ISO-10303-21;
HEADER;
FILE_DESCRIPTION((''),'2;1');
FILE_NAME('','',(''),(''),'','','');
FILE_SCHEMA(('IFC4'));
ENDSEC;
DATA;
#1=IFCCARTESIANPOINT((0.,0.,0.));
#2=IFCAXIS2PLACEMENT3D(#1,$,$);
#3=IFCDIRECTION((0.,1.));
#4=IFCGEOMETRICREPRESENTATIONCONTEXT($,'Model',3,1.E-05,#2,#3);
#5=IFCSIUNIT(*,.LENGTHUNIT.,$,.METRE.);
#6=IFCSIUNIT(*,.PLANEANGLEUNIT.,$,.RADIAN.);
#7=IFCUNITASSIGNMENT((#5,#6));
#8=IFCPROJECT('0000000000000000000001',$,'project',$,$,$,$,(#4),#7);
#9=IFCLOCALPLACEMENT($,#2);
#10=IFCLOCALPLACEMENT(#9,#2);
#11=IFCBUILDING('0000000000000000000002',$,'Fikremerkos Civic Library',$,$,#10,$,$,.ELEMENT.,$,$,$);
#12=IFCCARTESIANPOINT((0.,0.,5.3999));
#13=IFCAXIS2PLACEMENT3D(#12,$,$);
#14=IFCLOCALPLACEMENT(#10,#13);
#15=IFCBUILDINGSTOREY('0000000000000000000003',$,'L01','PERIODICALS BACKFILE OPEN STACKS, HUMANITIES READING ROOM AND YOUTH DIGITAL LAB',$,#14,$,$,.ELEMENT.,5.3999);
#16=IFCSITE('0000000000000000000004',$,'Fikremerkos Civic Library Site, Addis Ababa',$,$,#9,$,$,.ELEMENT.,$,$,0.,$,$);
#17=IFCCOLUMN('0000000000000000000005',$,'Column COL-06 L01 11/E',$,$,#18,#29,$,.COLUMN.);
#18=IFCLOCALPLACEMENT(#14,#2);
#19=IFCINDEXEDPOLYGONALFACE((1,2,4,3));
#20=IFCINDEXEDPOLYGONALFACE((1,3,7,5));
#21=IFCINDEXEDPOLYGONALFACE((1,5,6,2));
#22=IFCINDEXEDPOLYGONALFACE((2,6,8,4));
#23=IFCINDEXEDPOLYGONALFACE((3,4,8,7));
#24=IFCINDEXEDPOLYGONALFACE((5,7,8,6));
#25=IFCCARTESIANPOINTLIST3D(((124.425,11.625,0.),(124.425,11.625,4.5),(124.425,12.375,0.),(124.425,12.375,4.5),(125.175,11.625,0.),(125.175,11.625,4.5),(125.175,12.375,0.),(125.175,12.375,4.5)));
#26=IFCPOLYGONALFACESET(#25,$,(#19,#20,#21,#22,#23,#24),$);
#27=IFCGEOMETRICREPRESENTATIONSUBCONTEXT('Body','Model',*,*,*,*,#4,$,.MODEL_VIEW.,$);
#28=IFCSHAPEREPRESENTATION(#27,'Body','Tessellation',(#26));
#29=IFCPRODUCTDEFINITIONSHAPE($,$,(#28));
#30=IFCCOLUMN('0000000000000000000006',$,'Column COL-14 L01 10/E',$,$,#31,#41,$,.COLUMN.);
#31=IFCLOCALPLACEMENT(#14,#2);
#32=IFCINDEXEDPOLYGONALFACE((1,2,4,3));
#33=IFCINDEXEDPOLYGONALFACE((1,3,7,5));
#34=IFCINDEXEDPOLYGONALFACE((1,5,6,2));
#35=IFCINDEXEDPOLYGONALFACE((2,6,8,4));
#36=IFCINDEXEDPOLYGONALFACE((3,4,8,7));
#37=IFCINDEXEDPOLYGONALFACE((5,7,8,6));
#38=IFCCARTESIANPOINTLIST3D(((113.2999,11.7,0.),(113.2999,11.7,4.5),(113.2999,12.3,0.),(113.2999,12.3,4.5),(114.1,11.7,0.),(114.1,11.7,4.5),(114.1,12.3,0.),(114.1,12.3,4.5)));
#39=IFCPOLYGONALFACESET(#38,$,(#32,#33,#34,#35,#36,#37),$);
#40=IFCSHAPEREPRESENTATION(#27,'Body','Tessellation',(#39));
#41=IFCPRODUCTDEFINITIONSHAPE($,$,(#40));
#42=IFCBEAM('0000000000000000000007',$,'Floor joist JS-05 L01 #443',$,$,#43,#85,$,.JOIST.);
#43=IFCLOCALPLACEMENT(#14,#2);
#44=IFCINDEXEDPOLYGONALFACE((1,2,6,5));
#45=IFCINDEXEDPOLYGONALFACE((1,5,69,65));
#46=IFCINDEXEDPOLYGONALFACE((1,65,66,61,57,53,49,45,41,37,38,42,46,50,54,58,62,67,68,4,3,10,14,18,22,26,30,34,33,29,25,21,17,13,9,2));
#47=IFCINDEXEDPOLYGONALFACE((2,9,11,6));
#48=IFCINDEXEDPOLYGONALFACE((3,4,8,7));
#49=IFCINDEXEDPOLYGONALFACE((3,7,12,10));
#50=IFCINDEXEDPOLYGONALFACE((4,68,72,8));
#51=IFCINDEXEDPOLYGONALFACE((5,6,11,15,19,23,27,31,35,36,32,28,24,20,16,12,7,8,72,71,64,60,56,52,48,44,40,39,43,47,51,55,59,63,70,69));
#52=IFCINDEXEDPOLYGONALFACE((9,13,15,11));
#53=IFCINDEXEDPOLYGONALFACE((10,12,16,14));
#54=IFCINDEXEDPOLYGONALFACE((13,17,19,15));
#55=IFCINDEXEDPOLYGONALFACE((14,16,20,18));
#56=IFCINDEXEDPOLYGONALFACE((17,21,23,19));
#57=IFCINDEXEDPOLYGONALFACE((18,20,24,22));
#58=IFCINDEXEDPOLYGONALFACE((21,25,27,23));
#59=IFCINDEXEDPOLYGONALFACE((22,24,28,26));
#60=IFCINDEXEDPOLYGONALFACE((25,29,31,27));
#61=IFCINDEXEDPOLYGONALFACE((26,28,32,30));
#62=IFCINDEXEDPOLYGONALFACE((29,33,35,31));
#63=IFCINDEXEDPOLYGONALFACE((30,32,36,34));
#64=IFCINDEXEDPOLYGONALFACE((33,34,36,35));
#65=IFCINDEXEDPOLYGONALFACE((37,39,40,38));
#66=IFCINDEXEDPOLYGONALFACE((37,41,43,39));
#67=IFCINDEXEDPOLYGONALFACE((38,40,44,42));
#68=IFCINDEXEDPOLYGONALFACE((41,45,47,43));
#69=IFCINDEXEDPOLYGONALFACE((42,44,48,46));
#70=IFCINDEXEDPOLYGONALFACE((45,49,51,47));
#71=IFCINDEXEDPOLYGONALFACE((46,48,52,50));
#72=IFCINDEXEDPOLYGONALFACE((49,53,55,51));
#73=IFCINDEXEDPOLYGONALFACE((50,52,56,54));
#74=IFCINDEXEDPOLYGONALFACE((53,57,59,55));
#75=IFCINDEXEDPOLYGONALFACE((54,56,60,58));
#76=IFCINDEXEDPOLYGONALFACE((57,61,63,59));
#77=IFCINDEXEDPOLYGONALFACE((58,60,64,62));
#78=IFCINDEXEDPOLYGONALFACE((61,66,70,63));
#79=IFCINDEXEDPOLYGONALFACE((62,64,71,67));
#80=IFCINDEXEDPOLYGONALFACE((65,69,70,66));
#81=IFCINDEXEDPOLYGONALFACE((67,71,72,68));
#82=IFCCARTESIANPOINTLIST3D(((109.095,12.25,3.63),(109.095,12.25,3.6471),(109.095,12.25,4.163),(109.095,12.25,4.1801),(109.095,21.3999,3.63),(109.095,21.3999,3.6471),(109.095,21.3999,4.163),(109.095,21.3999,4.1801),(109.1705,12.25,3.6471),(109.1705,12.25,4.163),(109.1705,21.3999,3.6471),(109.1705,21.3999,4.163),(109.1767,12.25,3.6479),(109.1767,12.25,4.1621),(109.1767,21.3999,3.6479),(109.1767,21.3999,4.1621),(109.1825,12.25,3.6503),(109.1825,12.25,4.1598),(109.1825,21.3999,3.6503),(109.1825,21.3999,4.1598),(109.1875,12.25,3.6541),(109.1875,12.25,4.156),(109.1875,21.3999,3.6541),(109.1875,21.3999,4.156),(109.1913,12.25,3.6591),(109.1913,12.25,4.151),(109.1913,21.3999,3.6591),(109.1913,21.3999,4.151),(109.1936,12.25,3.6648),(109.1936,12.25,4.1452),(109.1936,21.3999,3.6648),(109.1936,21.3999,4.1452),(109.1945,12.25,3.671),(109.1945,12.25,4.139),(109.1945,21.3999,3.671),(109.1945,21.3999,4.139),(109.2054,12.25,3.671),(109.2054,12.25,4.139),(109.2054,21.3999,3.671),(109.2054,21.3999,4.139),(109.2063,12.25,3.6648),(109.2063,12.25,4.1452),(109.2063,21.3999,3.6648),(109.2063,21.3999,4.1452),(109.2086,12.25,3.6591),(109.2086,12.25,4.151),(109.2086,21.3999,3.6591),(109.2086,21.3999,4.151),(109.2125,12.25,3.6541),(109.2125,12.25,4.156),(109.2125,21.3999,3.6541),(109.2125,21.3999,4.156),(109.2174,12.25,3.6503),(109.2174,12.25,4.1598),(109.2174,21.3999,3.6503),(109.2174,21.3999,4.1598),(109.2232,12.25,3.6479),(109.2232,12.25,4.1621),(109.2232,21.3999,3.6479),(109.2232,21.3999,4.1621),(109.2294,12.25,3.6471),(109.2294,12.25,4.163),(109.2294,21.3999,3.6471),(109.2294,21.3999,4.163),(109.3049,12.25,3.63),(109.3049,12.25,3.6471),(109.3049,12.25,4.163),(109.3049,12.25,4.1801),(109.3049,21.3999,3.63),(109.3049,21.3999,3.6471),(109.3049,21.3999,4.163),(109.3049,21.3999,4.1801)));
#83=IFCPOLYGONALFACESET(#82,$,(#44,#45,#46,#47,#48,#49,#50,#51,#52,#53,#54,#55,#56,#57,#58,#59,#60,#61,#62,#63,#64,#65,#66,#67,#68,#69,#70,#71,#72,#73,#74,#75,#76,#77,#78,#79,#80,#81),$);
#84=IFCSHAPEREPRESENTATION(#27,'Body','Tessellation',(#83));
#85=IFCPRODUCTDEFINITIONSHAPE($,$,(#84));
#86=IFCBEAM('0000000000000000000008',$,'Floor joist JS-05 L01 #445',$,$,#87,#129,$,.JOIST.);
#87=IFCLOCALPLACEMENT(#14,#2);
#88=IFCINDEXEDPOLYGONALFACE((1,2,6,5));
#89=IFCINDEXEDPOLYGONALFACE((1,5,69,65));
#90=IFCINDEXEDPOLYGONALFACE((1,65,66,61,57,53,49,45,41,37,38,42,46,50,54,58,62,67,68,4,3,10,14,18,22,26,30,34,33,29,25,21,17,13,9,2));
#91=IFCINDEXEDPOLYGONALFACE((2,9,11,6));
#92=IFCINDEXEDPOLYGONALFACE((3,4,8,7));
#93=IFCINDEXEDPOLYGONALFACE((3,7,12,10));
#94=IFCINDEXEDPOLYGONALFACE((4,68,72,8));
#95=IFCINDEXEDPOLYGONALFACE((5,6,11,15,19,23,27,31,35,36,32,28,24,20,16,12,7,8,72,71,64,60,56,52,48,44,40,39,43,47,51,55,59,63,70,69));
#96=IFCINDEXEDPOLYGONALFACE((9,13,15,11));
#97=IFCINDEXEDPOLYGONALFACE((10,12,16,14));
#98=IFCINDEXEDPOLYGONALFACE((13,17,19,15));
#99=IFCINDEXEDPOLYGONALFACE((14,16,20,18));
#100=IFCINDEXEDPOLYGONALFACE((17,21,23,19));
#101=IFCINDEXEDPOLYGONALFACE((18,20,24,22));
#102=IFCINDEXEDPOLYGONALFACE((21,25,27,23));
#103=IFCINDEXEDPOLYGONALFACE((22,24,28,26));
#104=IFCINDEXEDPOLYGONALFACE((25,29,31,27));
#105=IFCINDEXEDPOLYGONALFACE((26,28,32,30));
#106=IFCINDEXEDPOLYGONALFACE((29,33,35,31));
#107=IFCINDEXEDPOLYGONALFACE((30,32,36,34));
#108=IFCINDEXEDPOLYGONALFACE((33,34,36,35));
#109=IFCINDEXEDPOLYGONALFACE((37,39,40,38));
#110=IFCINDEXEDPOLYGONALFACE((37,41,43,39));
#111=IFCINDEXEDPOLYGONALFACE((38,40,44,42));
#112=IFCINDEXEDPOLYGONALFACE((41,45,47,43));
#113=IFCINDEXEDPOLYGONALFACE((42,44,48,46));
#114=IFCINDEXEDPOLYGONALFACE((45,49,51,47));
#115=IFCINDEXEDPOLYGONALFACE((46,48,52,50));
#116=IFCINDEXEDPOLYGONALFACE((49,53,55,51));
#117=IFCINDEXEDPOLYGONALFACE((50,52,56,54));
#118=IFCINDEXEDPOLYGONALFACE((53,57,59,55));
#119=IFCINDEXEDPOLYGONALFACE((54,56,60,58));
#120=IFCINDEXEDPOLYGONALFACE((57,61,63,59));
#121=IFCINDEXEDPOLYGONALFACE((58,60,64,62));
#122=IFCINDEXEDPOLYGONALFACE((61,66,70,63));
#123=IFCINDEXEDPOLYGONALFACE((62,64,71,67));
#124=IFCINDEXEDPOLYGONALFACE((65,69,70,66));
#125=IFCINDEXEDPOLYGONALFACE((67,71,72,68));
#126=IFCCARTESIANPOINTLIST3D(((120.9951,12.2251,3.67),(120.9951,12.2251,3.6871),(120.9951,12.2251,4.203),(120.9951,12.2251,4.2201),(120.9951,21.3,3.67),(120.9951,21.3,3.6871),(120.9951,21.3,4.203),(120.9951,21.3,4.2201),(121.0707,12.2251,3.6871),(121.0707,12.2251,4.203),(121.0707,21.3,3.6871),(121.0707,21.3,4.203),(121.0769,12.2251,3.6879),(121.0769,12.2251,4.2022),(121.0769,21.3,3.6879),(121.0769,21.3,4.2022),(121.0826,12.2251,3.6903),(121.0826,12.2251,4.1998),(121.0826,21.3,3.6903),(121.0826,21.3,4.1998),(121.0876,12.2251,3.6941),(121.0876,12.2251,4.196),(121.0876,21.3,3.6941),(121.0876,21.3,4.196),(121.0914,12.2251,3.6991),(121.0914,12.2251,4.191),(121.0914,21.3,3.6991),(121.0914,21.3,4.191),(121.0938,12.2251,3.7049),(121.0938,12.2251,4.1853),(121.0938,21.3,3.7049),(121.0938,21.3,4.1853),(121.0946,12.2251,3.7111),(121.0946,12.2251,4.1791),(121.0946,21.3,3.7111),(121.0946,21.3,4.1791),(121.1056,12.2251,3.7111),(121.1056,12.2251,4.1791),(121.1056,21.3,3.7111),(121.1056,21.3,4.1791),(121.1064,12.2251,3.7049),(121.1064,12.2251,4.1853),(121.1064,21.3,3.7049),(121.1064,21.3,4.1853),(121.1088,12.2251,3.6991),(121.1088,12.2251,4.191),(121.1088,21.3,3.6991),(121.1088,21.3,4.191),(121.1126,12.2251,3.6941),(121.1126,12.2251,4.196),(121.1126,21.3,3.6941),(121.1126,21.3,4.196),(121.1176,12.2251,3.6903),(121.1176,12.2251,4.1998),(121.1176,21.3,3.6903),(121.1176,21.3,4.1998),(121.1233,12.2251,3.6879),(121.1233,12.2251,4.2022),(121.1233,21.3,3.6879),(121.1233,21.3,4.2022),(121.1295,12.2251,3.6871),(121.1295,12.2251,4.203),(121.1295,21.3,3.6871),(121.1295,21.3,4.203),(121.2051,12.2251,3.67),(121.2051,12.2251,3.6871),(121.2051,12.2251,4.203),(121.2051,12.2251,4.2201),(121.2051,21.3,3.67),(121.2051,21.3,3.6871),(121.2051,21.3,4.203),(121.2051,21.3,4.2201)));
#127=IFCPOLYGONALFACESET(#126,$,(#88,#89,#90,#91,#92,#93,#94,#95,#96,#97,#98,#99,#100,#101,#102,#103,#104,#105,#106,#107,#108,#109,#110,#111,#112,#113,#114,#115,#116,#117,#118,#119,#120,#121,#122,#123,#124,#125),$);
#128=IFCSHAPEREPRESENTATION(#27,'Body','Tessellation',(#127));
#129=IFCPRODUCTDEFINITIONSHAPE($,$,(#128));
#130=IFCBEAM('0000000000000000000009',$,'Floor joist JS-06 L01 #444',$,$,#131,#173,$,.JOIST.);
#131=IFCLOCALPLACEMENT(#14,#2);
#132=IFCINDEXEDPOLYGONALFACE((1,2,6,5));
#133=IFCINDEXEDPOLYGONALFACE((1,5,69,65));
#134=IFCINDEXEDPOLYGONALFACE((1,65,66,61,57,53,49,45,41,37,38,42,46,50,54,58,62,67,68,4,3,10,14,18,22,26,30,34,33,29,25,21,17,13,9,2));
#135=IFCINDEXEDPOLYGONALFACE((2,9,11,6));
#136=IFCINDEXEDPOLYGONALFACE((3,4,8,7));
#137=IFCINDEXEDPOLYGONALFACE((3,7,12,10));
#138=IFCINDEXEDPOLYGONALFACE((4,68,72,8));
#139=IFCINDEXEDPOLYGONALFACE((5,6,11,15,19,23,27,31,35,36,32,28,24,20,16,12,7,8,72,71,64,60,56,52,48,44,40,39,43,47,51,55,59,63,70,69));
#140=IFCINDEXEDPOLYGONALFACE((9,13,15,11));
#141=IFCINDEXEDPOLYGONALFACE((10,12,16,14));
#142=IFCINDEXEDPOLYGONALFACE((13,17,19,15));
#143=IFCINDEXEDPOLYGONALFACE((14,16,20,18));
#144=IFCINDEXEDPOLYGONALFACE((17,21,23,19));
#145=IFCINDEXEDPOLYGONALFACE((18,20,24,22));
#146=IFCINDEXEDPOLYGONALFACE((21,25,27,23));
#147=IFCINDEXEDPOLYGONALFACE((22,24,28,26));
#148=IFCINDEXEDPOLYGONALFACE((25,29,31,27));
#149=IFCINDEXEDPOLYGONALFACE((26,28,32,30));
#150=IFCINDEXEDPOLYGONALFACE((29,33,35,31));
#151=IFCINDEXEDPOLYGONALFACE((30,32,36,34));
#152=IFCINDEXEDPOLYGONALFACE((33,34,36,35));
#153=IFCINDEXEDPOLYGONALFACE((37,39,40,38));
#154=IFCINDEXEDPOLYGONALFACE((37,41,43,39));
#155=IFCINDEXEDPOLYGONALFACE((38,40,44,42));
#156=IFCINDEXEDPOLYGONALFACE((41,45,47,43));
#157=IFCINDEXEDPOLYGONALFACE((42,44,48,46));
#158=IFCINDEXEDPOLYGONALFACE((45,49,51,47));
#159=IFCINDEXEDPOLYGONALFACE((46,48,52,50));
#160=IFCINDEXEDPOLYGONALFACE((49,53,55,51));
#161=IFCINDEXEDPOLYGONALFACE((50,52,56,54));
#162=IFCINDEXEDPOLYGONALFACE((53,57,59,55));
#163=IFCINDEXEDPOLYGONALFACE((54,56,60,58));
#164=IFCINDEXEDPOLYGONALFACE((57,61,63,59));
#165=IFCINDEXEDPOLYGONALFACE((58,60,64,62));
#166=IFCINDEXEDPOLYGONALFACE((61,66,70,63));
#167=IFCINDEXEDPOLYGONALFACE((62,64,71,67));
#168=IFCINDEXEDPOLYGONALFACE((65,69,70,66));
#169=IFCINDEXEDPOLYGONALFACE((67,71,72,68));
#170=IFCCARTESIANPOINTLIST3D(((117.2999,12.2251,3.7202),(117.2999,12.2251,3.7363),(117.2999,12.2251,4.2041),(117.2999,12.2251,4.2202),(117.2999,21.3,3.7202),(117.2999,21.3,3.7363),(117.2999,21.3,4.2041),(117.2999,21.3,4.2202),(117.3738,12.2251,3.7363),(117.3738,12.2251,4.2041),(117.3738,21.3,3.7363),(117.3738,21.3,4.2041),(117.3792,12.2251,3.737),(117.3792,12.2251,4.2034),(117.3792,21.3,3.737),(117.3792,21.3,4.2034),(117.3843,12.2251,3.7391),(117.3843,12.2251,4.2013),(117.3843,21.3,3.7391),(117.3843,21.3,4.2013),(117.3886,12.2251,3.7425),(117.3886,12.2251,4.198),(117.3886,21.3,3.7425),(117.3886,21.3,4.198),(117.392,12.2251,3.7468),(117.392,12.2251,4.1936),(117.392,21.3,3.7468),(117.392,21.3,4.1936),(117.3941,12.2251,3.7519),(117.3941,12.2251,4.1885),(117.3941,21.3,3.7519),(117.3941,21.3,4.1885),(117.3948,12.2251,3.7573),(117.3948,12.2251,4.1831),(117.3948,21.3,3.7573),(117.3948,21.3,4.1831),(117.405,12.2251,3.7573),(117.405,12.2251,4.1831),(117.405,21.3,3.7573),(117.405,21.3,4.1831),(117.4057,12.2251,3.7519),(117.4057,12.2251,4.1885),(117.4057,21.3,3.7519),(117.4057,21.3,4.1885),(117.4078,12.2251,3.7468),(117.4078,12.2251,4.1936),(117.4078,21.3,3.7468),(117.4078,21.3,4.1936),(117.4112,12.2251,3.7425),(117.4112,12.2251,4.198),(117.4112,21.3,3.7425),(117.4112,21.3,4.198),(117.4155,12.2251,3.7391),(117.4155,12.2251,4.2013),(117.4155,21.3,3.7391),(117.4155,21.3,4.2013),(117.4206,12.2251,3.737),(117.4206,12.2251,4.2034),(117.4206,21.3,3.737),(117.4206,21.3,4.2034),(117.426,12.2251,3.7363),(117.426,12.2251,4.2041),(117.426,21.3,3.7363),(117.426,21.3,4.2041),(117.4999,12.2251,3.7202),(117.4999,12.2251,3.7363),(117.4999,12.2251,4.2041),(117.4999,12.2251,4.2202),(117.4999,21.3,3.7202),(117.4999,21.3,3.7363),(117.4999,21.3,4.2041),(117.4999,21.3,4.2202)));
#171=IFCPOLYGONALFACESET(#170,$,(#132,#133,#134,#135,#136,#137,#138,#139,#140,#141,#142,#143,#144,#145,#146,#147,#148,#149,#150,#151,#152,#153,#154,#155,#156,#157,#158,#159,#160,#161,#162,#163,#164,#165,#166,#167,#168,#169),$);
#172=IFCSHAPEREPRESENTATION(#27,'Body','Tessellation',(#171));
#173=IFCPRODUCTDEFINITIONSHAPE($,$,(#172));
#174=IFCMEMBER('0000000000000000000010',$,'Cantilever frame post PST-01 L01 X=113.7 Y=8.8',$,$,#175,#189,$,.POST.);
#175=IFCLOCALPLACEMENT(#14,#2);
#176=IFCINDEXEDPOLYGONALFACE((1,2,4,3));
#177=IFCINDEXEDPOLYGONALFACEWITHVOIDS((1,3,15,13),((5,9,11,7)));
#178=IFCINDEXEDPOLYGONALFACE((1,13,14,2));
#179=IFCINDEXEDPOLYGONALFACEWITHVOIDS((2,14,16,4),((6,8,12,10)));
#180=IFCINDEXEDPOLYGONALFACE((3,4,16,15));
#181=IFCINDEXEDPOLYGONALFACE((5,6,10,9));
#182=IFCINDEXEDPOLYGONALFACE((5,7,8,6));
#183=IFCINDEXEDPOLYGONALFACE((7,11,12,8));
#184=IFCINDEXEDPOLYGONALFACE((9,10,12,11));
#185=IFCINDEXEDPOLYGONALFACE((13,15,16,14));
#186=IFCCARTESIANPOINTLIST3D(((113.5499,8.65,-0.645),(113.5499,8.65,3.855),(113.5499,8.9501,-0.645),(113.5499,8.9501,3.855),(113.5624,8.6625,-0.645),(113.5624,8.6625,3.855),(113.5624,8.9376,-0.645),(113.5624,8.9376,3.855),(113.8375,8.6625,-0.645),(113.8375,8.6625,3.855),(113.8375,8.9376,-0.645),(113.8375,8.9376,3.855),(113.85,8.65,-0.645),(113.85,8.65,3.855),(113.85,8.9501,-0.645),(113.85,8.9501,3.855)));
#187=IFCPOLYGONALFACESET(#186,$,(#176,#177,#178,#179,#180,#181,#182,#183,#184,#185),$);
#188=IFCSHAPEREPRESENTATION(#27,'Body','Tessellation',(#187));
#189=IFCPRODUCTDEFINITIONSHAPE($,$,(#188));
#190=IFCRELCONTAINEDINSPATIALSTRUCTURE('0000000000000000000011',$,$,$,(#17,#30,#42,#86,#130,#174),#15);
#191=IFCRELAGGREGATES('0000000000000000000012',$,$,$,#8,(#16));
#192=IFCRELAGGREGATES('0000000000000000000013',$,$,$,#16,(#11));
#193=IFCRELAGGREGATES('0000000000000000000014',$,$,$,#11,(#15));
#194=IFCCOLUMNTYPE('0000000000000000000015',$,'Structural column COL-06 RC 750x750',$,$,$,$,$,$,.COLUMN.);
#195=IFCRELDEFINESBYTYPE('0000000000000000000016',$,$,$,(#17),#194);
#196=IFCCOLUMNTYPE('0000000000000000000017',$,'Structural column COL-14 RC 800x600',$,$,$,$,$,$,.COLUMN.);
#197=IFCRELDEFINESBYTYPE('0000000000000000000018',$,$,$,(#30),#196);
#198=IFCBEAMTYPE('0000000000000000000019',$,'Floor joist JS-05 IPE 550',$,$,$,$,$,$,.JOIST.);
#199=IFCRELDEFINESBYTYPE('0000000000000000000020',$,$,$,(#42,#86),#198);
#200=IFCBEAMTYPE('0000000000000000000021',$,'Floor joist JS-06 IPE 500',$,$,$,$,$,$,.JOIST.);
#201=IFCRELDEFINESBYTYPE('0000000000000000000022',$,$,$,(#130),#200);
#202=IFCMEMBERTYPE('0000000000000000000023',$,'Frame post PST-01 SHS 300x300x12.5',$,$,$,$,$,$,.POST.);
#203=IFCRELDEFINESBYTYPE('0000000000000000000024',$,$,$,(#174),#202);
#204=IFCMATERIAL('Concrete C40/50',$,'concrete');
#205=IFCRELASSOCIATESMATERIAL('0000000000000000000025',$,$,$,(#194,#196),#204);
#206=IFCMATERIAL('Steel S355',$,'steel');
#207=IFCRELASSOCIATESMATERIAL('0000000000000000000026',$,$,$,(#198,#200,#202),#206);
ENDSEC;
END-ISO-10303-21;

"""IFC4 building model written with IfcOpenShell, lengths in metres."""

from ifc_helpers import new_model, si_unit, direction, frame, origin, origin_2d, place, context, subcontext, project, spatial, rectangle, hollow_rectangle, i_section, extrude, material, material_profile, profile_set, type_object, element, save


model = new_model("IFC4")

# Units and contexts
model_context = context("Model", 3, precision=1e-05, world=origin(), true_north=direction((0.0, 1.0)))
body_context = subcontext(model_context, "Body", "Model", "MODEL_VIEW")
ifc_project = project(units=[si_unit("LENGTHUNIT", "METRE"), si_unit("PLANEANGLEUNIT", "RADIAN")], contexts=[model_context])

# Site, building, storey
site_placement = place(None, origin())
site = spatial("IfcSite", under=ifc_project, at=site_placement, Name="Fikremerkos Civic Library Site, Addis Ababa", CompositionType="ELEMENT", RefElevation=0.0)
building_placement = place(site_placement, origin())
building = spatial("IfcBuilding", under=site, at=building_placement, Name="Fikremerkos Civic Library", CompositionType="ELEMENT")
storey_placement = place(building_placement, frame((0.0, 0.0, 5.3999)))
storey = spatial("IfcBuildingStorey", under=building, at=storey_placement, Name="L01", Description="PERIODICALS BACKFILE OPEN STACKS, HUMANITIES READING ROOM AND YOUTH DIGITAL LAB", CompositionType="ELEMENT", Elevation=5.3999)

# Columns
ifc_material_1 = material(Name="Concrete C40/50", Category="concrete")
ifc_material_profile_1 = material_profile(ifc_material_1, rectangle(XDim=0.75, YDim=0.75, at=origin_2d()), Name="RC 750x750")
ifc_profile_set_1 = profile_set([ifc_material_profile_1], Name="Concrete C40/50")
column_type_1 = type_object("IfcColumnType", Name="Structural column COL-06 RC 750x750", PredefinedType="COLUMN", material=ifc_profile_set_1)
column_1_placement = place(storey_placement, frame((124.8, 12.0, 0.0), z_axis=(0.0, 0.0, 1.0), x_axis=(1.0, 0.0, 0.0)))
element("IfcColumn", 1, at=column_1_placement, inside=storey, type_object=column_type_1, Name="Column COL-06 L01 11/E", PredefinedType="COLUMN", context=body_context, shape_type="SweptSolid", body=[
    extrude(rectangle(XDim=0.75, YDim=0.75, at=origin_2d()), origin(), (0.0, 0.0, 1.0), 4.5),
])
ifc_material_profile_2 = material_profile(ifc_material_1, rectangle(XDim=0.8, YDim=0.6001, at=origin_2d()), Name="RC 800x600")
ifc_profile_set_2 = profile_set([ifc_material_profile_2], Name="Concrete C40/50")
column_type_2 = type_object("IfcColumnType", Name="Structural column COL-14 RC 800x600", PredefinedType="COLUMN", material=ifc_profile_set_2)
column_2_placement = place(storey_placement, frame((113.7, 12.0, 0.0), z_axis=(0.0, 0.0, 1.0), x_axis=(1.0, 0.0, 0.0)))
element("IfcColumn", 2, at=column_2_placement, inside=storey, type_object=column_type_2, Name="Column COL-14 L01 10/E", PredefinedType="COLUMN", context=body_context, shape_type="SweptSolid", body=[
    extrude(rectangle(XDim=0.8, YDim=0.6001, at=origin_2d()), origin(), (0.0, 0.0, 1.0), 4.5),
])

# Beams
ifc_material_2 = material(Name="Steel S355", Category="steel")
ifc_material_profile_3 = material_profile(ifc_material_2, i_section(OverallWidth=0.21, OverallDepth=0.55, WebThickness=0.011, FlangeThickness=0.0171, FilletRadius=0.0239, at=origin_2d()), Name="IPE 550")
ifc_profile_set_3 = profile_set([ifc_material_profile_3], Name="Steel S355")
beam_type_1 = type_object("IfcBeamType", Name="Floor joist JS-05 IPE 550", PredefinedType="JOIST", material=ifc_profile_set_3)
beam_1_placement = place(storey_placement, frame((109.2, 12.25, 3.905), z_axis=(0.0, 1.0, 0.0), x_axis=(-1.0, 0.0, 0.0)))
element("IfcBeam", 3, at=beam_1_placement, inside=storey, type_object=beam_type_1, Name="Floor joist JS-05 L01 #443", PredefinedType="JOIST", context=body_context, shape_type="SweptSolid", body=[
    extrude(i_section(OverallWidth=0.21, OverallDepth=0.55, WebThickness=0.011, FlangeThickness=0.0171, FilletRadius=0.0239, at=origin_2d()), origin(), (0.0, 0.0, 1.0), 9.1499),
])
beam_2_placement = place(storey_placement, frame((121.1001, 12.2251, 3.9451), z_axis=(0.0, 1.0, 0.0), x_axis=(-1.0, 0.0, 0.0)))
element("IfcBeam", 4, at=beam_2_placement, inside=storey, type_object=beam_type_1, Name="Floor joist JS-05 L01 #445", PredefinedType="JOIST", context=body_context, shape_type="SweptSolid", body=[
    extrude(i_section(OverallWidth=0.21, OverallDepth=0.55, WebThickness=0.011, FlangeThickness=0.0171, FilletRadius=0.0239, at=origin_2d()), origin(), (0.0, 0.0, 1.0), 9.075),
])
ifc_material_profile_4 = material_profile(ifc_material_2, i_section(OverallWidth=0.2, OverallDepth=0.5, WebThickness=0.0103, FlangeThickness=0.0161, FilletRadius=0.021, at=origin_2d()), Name="IPE 500")
ifc_profile_set_4 = profile_set([ifc_material_profile_4], Name="Steel S355")
beam_type_2 = type_object("IfcBeamType", Name="Floor joist JS-06 IPE 500", PredefinedType="JOIST", material=ifc_profile_set_4)
beam_3_placement = place(storey_placement, frame((117.3999, 12.2251, 3.9702), z_axis=(0.0, 1.0, 0.0), x_axis=(-1.0, 0.0, 0.0)))
element("IfcBeam", 5, at=beam_3_placement, inside=storey, type_object=beam_type_2, Name="Floor joist JS-06 L01 #444", PredefinedType="JOIST", context=body_context, shape_type="SweptSolid", body=[
    extrude(i_section(OverallWidth=0.2, OverallDepth=0.5, WebThickness=0.0103, FlangeThickness=0.0161, FilletRadius=0.021, at=origin_2d()), origin(), (0.0, 0.0, 1.0), 9.075),
])

# Member
ifc_material_profile_5 = material_profile(ifc_material_2, hollow_rectangle(XDim=0.3, YDim=0.3, WallThickness=0.0125, at=origin_2d()), Name="SHS 300x300x12.5")
ifc_profile_set_5 = profile_set([ifc_material_profile_5], Name="Steel S355")
member_type_1 = type_object("IfcMemberType", Name="Frame post PST-01 SHS 300x300x12.5", PredefinedType="POST", material=ifc_profile_set_5)
member_1_placement = place(storey_placement, frame((113.7, 8.8, -0.645), z_axis=(0.0, 0.0, 1.0), x_axis=(1.0, 0.0, 0.0)))
element("IfcMember", 6, at=member_1_placement, inside=storey, type_object=member_type_1, Name="Cantilever frame post PST-01 L01 X=113.7 Y=8.8", PredefinedType="POST", context=body_context, shape_type="SweptSolid", body=[
    extrude(hollow_rectangle(XDim=0.3, YDim=0.3, WallThickness=0.0125, at=origin_2d()), origin(), (0.0, 0.0, 1.0), 4.5),
])

save(model, "model.ifc")
